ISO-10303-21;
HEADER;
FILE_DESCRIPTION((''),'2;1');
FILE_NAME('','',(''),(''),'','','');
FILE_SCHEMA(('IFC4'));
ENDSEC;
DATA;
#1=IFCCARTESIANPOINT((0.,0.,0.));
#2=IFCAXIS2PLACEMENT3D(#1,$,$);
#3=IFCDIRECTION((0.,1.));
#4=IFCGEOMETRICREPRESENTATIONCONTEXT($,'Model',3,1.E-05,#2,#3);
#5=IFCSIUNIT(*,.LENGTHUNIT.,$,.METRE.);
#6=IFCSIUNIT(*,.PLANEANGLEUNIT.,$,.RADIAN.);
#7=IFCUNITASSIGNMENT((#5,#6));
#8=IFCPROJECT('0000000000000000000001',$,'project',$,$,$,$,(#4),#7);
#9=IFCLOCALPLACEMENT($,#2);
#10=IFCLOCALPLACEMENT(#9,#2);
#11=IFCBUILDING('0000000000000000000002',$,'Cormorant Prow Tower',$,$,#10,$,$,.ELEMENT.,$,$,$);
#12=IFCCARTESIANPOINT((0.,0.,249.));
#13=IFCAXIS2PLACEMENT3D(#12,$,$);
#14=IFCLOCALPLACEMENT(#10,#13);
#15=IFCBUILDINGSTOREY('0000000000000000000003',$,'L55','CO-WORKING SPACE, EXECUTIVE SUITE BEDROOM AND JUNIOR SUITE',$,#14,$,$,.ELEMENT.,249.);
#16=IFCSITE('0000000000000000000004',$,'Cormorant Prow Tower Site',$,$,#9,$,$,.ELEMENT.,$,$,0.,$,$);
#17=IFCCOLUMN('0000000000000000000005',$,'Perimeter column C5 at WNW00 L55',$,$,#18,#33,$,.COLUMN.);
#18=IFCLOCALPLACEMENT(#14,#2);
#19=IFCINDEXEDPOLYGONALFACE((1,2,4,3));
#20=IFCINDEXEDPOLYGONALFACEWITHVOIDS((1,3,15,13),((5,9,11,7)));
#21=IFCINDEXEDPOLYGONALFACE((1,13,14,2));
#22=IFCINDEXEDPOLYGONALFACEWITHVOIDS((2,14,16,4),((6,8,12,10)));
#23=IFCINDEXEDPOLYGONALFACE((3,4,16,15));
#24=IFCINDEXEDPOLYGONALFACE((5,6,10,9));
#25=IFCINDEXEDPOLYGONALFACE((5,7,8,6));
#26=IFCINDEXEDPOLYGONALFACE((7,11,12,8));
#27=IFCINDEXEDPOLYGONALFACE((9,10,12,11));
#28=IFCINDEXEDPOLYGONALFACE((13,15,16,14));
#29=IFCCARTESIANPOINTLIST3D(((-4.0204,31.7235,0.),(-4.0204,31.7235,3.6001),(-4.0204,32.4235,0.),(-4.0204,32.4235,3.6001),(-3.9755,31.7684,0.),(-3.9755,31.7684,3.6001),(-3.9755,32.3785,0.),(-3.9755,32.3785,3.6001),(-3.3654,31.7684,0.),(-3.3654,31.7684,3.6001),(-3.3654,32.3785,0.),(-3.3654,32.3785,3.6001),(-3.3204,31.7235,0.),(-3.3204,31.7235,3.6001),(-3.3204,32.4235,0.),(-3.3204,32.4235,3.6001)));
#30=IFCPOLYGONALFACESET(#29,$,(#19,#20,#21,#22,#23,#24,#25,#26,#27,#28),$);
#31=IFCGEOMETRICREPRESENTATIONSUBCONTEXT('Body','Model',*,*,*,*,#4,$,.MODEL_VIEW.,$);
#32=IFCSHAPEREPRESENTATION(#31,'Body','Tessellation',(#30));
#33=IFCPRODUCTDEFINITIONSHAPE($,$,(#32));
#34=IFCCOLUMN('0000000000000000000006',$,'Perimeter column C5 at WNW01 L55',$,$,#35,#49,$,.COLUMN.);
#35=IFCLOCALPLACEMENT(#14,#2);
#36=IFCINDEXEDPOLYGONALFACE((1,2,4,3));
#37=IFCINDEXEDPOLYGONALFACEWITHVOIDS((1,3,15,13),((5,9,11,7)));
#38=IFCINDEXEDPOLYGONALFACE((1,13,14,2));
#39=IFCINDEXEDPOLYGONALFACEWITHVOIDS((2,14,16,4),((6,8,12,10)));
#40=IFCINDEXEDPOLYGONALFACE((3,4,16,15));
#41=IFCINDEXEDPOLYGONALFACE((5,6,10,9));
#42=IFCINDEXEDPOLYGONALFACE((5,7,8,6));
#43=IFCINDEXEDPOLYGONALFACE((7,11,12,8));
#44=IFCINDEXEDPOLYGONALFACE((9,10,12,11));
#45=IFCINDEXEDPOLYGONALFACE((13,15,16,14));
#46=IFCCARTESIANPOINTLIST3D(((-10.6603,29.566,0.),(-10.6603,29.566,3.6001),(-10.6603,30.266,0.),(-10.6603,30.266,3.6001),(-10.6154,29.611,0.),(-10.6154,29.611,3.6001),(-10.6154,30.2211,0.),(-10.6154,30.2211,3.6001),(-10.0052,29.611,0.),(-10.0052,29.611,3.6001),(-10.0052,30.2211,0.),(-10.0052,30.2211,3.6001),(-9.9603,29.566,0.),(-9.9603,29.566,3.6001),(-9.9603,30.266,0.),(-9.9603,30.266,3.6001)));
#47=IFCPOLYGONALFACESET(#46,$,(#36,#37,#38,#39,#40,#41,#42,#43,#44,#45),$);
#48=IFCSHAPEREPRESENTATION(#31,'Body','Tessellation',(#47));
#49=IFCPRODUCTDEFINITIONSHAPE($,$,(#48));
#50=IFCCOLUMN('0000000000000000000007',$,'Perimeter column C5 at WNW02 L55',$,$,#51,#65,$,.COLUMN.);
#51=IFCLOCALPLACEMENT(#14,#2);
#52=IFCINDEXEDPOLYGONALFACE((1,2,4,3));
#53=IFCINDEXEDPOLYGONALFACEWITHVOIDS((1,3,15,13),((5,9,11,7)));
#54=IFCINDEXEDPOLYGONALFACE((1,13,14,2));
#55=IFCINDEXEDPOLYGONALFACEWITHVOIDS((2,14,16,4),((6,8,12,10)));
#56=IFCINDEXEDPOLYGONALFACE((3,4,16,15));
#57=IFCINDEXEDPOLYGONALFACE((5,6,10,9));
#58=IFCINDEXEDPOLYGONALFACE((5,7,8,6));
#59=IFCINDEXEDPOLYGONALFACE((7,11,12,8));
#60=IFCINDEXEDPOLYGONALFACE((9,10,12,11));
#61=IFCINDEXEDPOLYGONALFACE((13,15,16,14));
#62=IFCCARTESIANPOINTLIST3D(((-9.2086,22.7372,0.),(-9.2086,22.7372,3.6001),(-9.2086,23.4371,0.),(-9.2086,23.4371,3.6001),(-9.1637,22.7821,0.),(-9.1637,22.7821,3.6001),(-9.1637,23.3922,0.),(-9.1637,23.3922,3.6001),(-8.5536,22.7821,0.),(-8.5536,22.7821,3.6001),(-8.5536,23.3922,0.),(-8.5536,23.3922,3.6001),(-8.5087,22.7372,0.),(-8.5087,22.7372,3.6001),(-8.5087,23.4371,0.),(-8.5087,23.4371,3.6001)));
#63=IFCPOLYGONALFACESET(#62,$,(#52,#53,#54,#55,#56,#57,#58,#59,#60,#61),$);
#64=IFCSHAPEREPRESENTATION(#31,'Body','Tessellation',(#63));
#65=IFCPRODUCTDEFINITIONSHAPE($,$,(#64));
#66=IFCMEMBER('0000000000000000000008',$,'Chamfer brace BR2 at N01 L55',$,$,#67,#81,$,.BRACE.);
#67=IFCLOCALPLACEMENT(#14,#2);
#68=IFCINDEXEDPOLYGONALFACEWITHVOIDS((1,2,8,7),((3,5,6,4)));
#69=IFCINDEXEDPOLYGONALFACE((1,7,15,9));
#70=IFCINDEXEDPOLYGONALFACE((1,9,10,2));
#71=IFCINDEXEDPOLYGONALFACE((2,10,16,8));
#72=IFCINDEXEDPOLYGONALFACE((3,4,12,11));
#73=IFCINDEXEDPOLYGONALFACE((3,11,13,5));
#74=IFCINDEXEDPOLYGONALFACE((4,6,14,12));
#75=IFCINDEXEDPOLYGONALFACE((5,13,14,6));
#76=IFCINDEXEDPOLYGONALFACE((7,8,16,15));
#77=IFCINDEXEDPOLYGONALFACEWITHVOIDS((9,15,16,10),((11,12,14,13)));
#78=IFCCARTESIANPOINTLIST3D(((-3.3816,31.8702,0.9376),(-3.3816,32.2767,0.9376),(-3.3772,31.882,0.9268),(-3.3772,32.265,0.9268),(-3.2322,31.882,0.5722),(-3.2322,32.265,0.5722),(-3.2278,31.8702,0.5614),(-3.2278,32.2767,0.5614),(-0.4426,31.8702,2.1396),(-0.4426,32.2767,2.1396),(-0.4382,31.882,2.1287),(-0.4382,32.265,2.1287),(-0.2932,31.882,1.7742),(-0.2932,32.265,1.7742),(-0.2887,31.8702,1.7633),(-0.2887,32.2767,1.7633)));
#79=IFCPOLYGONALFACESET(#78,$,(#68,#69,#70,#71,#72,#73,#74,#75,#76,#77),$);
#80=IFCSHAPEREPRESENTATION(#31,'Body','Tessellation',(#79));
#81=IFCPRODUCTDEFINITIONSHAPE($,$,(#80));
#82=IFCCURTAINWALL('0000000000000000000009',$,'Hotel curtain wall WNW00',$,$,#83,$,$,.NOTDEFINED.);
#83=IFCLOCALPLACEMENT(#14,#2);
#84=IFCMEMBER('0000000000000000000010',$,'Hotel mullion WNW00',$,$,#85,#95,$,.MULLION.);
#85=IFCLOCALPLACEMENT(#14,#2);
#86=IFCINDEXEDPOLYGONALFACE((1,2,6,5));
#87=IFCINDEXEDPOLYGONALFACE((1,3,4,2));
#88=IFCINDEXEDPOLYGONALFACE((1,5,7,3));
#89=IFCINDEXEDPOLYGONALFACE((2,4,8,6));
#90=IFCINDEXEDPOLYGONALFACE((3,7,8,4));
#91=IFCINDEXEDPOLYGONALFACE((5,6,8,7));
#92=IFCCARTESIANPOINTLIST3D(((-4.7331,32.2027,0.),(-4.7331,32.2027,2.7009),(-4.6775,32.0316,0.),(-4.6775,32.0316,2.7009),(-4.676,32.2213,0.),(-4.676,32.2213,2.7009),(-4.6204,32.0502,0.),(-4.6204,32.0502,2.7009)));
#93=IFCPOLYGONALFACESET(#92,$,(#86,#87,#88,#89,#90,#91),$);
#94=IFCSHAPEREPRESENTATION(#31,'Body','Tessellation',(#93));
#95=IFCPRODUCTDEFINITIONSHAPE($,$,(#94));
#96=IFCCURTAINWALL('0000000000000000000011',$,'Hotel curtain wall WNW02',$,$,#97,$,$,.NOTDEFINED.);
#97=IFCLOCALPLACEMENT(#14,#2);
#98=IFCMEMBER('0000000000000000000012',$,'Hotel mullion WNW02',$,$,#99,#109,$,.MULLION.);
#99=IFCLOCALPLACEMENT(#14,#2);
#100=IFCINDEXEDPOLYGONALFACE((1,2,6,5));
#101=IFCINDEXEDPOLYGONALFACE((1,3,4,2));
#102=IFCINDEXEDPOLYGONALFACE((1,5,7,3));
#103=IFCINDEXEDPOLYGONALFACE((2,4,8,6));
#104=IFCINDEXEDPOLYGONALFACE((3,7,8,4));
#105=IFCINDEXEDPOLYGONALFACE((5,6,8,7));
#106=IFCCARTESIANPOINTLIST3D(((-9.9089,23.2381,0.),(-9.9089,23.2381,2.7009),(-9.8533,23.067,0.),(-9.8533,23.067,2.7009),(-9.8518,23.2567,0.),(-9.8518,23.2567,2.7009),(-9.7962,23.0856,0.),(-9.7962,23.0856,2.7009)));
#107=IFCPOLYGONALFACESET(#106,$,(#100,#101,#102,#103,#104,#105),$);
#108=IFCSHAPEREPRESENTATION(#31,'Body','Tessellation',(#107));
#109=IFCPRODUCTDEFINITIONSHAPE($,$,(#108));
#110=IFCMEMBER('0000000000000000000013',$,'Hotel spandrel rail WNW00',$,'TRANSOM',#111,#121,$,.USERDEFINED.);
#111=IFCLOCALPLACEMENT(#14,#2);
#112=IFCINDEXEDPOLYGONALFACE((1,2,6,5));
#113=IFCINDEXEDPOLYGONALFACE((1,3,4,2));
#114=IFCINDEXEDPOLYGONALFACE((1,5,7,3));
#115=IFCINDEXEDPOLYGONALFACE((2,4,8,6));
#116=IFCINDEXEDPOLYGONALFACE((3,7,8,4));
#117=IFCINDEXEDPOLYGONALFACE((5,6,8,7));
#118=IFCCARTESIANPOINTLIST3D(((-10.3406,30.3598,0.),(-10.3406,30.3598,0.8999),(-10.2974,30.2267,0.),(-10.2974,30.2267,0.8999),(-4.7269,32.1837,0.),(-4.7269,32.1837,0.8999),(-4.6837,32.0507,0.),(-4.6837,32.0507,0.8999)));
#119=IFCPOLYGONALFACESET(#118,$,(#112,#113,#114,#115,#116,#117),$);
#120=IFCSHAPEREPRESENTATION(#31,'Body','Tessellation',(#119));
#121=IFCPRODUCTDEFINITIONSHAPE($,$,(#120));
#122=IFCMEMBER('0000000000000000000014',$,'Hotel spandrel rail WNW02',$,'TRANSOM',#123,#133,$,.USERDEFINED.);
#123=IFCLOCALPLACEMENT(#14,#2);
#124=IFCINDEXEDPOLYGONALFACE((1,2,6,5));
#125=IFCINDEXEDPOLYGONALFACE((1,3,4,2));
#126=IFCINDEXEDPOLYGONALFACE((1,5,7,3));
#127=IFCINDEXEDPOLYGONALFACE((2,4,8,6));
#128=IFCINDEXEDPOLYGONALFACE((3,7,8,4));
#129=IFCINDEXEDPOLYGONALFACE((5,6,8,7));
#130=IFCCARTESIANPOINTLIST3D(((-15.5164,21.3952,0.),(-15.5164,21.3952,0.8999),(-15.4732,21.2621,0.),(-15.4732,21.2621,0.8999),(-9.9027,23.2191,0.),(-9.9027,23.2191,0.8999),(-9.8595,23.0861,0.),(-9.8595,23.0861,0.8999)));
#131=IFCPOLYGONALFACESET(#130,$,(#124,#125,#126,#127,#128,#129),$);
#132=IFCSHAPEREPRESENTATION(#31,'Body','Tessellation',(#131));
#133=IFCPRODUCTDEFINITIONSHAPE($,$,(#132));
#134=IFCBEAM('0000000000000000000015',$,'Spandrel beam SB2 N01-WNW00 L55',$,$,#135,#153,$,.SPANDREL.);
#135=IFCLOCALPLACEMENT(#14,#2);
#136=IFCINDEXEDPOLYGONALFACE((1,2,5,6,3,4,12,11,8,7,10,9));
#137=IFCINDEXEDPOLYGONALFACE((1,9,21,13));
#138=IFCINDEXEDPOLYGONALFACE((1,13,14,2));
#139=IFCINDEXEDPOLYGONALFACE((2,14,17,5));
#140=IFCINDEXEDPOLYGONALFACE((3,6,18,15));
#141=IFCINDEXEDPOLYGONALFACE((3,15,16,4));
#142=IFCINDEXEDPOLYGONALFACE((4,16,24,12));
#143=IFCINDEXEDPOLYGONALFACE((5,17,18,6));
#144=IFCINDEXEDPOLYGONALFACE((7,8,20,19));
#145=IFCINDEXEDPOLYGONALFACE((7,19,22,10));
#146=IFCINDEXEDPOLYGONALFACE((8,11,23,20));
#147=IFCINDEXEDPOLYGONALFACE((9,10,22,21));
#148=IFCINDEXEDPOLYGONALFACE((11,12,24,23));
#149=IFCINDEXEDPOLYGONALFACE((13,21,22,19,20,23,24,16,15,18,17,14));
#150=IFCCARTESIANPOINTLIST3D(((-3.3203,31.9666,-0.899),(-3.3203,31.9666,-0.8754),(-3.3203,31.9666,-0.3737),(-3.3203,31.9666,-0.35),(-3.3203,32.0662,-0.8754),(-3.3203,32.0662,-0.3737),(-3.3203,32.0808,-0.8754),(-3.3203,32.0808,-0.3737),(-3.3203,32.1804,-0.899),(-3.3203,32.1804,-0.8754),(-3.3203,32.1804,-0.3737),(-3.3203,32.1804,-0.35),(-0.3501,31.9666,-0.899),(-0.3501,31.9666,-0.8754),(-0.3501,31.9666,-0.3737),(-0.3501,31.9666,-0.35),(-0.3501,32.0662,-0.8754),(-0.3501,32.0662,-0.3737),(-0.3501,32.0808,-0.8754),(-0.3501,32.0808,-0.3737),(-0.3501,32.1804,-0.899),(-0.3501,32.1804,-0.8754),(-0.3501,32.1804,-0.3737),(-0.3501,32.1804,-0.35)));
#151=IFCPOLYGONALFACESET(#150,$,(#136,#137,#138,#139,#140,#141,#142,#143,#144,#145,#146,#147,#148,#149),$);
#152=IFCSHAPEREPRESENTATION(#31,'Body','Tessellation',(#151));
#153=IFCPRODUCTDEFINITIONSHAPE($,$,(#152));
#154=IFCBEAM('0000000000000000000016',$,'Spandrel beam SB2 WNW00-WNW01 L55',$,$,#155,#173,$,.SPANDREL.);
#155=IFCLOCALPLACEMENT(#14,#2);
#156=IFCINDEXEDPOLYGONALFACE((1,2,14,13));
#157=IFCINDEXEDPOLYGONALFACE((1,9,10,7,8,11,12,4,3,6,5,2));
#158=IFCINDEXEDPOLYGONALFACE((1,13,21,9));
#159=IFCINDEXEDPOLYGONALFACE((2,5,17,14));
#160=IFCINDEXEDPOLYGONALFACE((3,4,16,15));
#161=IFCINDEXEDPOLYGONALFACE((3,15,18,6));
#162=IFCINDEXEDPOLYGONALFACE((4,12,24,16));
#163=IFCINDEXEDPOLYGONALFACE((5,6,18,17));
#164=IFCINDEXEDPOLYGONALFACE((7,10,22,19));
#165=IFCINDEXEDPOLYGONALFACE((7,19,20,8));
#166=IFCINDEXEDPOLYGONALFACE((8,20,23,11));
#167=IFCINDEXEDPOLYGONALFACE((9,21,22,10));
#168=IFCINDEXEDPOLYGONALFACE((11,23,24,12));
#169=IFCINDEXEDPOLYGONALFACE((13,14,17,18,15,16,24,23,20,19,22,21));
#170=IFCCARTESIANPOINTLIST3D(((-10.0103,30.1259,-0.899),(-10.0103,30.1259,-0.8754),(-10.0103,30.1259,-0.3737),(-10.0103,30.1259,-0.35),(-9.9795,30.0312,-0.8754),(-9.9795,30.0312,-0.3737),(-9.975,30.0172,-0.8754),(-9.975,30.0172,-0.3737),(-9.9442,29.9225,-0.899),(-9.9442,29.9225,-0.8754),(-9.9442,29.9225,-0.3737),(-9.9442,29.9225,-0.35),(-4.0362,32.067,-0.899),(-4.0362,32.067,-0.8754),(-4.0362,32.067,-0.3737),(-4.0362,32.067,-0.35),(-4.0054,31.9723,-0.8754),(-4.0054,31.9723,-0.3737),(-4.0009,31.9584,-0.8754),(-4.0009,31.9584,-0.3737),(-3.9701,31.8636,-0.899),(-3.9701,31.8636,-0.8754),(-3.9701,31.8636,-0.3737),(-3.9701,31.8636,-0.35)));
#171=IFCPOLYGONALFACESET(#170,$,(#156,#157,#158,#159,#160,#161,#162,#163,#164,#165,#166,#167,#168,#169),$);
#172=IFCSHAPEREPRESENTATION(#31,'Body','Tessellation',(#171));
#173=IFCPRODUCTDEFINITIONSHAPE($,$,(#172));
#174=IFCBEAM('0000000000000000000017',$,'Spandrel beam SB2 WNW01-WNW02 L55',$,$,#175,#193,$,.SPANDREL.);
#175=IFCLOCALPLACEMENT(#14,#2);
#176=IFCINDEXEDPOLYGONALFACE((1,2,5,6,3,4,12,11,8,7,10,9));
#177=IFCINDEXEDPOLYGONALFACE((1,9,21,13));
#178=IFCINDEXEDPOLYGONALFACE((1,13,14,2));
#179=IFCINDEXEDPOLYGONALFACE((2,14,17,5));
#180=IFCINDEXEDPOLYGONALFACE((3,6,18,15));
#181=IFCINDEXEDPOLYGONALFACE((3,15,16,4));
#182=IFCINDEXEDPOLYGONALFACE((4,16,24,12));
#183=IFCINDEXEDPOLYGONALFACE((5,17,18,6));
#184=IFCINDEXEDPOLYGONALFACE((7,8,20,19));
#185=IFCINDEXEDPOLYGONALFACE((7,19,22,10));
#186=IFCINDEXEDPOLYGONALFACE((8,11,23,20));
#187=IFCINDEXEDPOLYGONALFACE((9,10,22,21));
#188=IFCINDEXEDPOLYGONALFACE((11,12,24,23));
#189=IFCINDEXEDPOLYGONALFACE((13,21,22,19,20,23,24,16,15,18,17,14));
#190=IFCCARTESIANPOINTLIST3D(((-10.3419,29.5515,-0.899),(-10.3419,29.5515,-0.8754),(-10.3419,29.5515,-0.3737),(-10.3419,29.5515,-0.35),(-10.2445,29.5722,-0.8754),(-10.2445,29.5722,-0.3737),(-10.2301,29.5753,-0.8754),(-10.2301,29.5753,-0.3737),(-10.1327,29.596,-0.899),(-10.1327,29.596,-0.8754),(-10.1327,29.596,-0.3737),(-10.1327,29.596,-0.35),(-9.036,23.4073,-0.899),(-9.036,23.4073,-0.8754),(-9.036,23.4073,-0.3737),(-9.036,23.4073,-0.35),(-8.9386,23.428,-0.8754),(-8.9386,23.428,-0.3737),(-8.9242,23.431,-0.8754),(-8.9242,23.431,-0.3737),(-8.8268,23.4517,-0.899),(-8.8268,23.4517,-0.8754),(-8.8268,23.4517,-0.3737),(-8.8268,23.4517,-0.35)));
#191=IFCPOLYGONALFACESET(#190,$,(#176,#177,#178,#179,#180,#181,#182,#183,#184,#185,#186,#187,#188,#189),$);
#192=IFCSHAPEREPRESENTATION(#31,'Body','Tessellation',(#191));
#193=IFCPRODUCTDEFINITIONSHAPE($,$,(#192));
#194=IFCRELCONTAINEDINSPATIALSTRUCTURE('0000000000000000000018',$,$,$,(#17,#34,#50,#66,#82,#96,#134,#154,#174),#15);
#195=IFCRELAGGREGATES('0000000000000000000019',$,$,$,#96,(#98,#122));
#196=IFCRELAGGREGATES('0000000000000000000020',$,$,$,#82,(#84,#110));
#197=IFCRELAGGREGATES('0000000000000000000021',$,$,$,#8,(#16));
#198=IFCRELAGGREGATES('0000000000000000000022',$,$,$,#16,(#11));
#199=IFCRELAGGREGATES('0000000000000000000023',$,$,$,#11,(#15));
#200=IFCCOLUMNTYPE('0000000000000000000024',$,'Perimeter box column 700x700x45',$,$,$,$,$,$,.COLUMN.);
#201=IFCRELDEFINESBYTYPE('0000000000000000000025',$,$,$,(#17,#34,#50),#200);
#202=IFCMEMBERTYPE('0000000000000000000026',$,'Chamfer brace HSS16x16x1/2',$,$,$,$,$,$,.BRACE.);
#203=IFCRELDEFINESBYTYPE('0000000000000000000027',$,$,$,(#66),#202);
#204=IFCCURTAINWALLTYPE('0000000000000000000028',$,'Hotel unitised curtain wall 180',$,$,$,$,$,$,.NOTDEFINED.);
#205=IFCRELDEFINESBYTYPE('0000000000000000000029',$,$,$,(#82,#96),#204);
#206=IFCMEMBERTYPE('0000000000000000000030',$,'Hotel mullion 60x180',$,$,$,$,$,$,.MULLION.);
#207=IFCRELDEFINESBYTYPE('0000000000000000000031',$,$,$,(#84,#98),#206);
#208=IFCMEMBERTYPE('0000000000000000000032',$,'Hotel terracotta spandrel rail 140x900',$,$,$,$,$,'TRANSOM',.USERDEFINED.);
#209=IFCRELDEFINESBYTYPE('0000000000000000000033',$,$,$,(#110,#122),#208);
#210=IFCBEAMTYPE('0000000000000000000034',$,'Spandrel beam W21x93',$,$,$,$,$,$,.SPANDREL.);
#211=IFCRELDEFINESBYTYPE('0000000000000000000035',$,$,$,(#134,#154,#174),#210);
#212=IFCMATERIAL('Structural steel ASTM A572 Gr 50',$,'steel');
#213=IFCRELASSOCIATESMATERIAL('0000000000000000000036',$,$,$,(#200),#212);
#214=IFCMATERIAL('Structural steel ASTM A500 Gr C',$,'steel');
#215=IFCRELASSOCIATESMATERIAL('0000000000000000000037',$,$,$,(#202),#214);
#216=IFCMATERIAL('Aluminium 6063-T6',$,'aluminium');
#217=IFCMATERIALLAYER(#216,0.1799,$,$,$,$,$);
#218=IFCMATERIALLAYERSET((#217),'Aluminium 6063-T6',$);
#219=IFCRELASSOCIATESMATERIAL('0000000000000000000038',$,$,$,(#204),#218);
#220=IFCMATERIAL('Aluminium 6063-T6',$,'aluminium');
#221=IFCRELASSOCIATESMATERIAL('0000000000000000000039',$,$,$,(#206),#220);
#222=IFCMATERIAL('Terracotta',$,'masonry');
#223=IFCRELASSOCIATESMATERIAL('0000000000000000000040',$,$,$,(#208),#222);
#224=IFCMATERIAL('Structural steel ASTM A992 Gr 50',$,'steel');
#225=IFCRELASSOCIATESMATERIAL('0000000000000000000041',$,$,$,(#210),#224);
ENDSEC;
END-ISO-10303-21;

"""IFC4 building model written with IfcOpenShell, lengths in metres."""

from ifc_helpers import new_model, si_unit, direction, frame, origin, origin_2d, place, context, subcontext, project, spatial, rectangle, hollow_rectangle, i_section, extrude, material, layer, layer_set, material_profile, profile_set, type_object, element, aggregate, save


model = new_model("IFC4")

# Units and contexts
model_context = context("Model", 3, precision=1e-05, world=origin(), true_north=direction((0.0, 1.0)))
body_context = subcontext(model_context, "Body", "Model", "MODEL_VIEW")
ifc_project = project(units=[si_unit("LENGTHUNIT", "METRE"), si_unit("PLANEANGLEUNIT", "RADIAN")], contexts=[model_context])

# Site, building, storey
site_placement = place(None, origin())
site = spatial("IfcSite", under=ifc_project, at=site_placement, Name="Cormorant Prow Tower Site", CompositionType="ELEMENT", RefElevation=0.0)
building_placement = place(site_placement, origin())
building = spatial("IfcBuilding", under=site, at=building_placement, Name="Cormorant Prow Tower", CompositionType="ELEMENT")
storey_placement = place(building_placement, frame((0.0, 0.0, 249.0)))
storey = spatial("IfcBuildingStorey", under=building, at=storey_placement, Name="L55", Description="CO-WORKING SPACE, EXECUTIVE SUITE BEDROOM AND JUNIOR SUITE", CompositionType="ELEMENT", Elevation=249.0)

# Columns
ifc_material_1 = material(Name="Structural steel ASTM A572 Gr 50", Category="steel")
ifc_material_profile_1 = material_profile(ifc_material_1, hollow_rectangle(XDim=0.7, YDim=0.7, WallThickness=0.0449, at=origin_2d()), Name="Box 700x700x45")
ifc_profile_set_1 = profile_set([ifc_material_profile_1], Name="Structural steel ASTM A572 Gr 50")
column_type = type_object("IfcColumnType", Name="Perimeter box column 700x700x45", PredefinedType="COLUMN", material=ifc_profile_set_1)
for number, where, z_axis, x_axis, name in (
    (1, (-3.6704, 32.0735, 0.0), (0.0, 0.0, 1.0), (1.0, 0.0, 0.0), "Perimeter column C5 at WNW00 L55"),
    (2, (-10.3103, 29.916, 0.0), (0.0, 0.0, 1.0), (1.0, 0.0, 0.0), "Perimeter column C5 at WNW01 L55"),
    (3, (-8.8586, 23.0872, 0.0), (0.0, 0.0, 1.0), (1.0, 0.0, 0.0), "Perimeter column C5 at WNW02 L55"),
):
    element("IfcColumn", number, at=place(storey_placement, frame(where, z_axis=z_axis, x_axis=x_axis)), inside=storey, type_object=column_type, Name=name, PredefinedType="COLUMN", context=body_context, shape_type="SweptSolid", body=[
        extrude(hollow_rectangle(XDim=0.7, YDim=0.7, WallThickness=0.0449, at=origin_2d()), origin(), (0.0, 0.0, 1.0), 3.6001),
    ])

# Member
ifc_material_2 = material(Name="Structural steel ASTM A500 Gr C", Category="steel")
ifc_material_profile_2 = material_profile(ifc_material_2, hollow_rectangle(XDim=0.4065, YDim=0.4065, WallThickness=0.0117, at=origin_2d()), Name="HSS16x16x1/2")
ifc_profile_set_2 = profile_set([ifc_material_profile_2], Name="Structural steel ASTM A500 Gr C")
member_type_1 = type_object("IfcMemberType", Name="Chamfer brace HSS16x16x1/2", PredefinedType="BRACE", material=ifc_profile_set_2)
member_1_placement = place(storey_placement, frame((-3.3047, 32.0735, 0.7495), z_axis=(0.925591, 0.0, 0.378525), x_axis=(0.0, 1.0, 0.0)))
element("IfcMember", 4, at=member_1_placement, inside=storey, type_object=member_type_1, Name="Chamfer brace BR2 at N01 L55", PredefinedType="BRACE", context=body_context, shape_type="SweptSolid", body=[
    extrude(hollow_rectangle(XDim=0.4065, YDim=0.4065, WallThickness=0.0117, at=origin_2d()), origin(), (0.0, 0.0, 1.0), 3.1753),
])

# Curtain walls, members
ifc_material_3 = material(Name="Aluminium 6063-T6", Category="aluminium")
ifc_layer_1 = layer(ifc_material_3, 0.1799)
ifc_layer_set_1 = layer_set([ifc_layer_1], Name="Aluminium 6063-T6")
curtain_wall_type = type_object("IfcCurtainWallType", Name="Hotel unitised curtain wall 180", PredefinedType="NOTDEFINED", material=ifc_layer_set_1)
curtain_wall_1_placement = place(storey_placement, origin())
curtain_wall_1 = element("IfcCurtainWall", 5, at=curtain_wall_1_placement, inside=storey, type_object=curtain_wall_type, Name="Hotel curtain wall WNW00", PredefinedType="NOTDEFINED")
ifc_material_4 = material(Name="Aluminium 6063-T6", Category="aluminium")
ifc_material_profile_3 = material_profile(ifc_material_4, rectangle(XDim=0.1799, YDim=0.0601, at=origin_2d()), Name="Hotel mullion 60x180")
ifc_profile_set_3 = profile_set([ifc_material_profile_3], Name="Aluminium 6063-T6")
member_type_2 = type_object("IfcMemberType", Name="Hotel mullion 60x180", PredefinedType="MULLION", material=ifc_profile_set_3)
member_2_placement = place(storey_placement, frame((-4.6768, 32.1265, 0.0), z_axis=(0.0, 0.0, 1.0), x_axis=(0.309017, -0.951057, 0.0)))
member_2 = element("IfcMember", 6, at=member_2_placement, type_object=member_type_2, Name="Hotel mullion WNW00", PredefinedType="MULLION", context=body_context, shape_type="SweptSolid", body=[
    extrude(rectangle(XDim=0.1799, YDim=0.0601, at=origin_2d()), origin(), (0.0, 0.0, 1.0), 2.7009),
])
curtain_wall_2_placement = place(storey_placement, origin())
curtain_wall_2 = element("IfcCurtainWall", 7, at=curtain_wall_2_placement, inside=storey, type_object=curtain_wall_type, Name="Hotel curtain wall WNW02", PredefinedType="NOTDEFINED")
member_3_placement = place(storey_placement, frame((-9.8525, 23.1619, 0.0), z_axis=(0.0, 0.0, 1.0), x_axis=(0.309017, -0.951057, 0.0)))
member_3 = element("IfcMember", 8, at=member_3_placement, type_object=member_type_2, Name="Hotel mullion WNW02", PredefinedType="MULLION", context=body_context, shape_type="SweptSolid", body=[
    extrude(rectangle(XDim=0.1799, YDim=0.0601, at=origin_2d()), origin(), (0.0, 0.0, 1.0), 2.7009),
])

# Members
ifc_material_5 = material(Name="Terracotta", Category="masonry")
ifc_material_profile_4 = material_profile(ifc_material_5, rectangle(XDim=0.1399, YDim=0.8999, at=origin_2d()), Name="Hotel terracotta spandrel rail 140x900")
ifc_profile_set_4 = profile_set([ifc_material_profile_4], Name="Terracotta")
member_type_3 = type_object("IfcMemberType", Name="Hotel terracotta spandrel rail 140x900", ElementType="TRANSOM", PredefinedType="USERDEFINED", material=ifc_profile_set_4)
member_4_placement = place(storey_placement, frame((-4.7053, 32.1172, 0.45), z_axis=(-0.951059, -0.309009, 0.0), x_axis=(0.309009, -0.951059, 0.0)))
member_4 = element("IfcMember", 9, at=member_4_placement, type_object=member_type_3, Name="Hotel spandrel rail WNW00", ObjectType="TRANSOM", PredefinedType="USERDEFINED", context=body_context, shape_type="SweptSolid", body=[
    extrude(rectangle(XDim=0.1399, YDim=0.8999, at=origin_2d()), origin(), (0.0, 0.0, 1.0), 5.9026),
])
member_5_placement = place(storey_placement, frame((-9.8811, 23.1526, 0.45), z_axis=(-0.951059, -0.309009, 0.0), x_axis=(0.309009, -0.951059, 0.0)))
member_5 = element("IfcMember", 10, at=member_5_placement, type_object=member_type_3, Name="Hotel spandrel rail WNW02", ObjectType="TRANSOM", PredefinedType="USERDEFINED", context=body_context, shape_type="SweptSolid", body=[
    extrude(rectangle(XDim=0.1399, YDim=0.8999, at=origin_2d()), origin(), (0.0, 0.0, 1.0), 5.9026),
])
aggregate(curtain_wall_2, [member_3, member_5])

# Beams
ifc_material_6 = material(Name="Structural steel ASTM A992 Gr 50", Category="steel")
ifc_material_profile_5 = material_profile(ifc_material_6, i_section(OverallWidth=0.2139, OverallDepth=0.5491, WebThickness=0.0146, FlangeThickness=0.0237, at=origin_2d()), Name="W21x93")
ifc_profile_set_5 = profile_set([ifc_material_profile_5], Name="Structural steel ASTM A992 Gr 50")
beam_type = type_object("IfcBeamType", Name="Spandrel beam W21x93", PredefinedType="SPANDREL", material=ifc_profile_set_5)
beam_1_placement = place(storey_placement, frame((-0.3501, 32.0735, -0.6245), z_axis=(-1.0, 0.0, 0.0), x_axis=(0.0, -1.0, 0.0)))
element("IfcBeam", 11, at=beam_1_placement, inside=storey, type_object=beam_type, Name="Spandrel beam SB2 N01-WNW00 L55", PredefinedType="SPANDREL", context=body_context, shape_type="SweptSolid", body=[
    extrude(i_section(OverallWidth=0.2139, OverallDepth=0.5491, WebThickness=0.0146, FlangeThickness=0.0237, at=origin_2d()), origin(), (0.0, 0.0, 1.0), 2.9702),
])
for number, where, z_axis, x_axis, name in (
    (12, (-4.0032, 31.9653, -0.6245), (-0.951054, -0.309025, 0.0), (0.309025, -0.951054, 0.0), "Spandrel beam SB2 WNW00-WNW01 L55"),
    (13, (-10.2373, 29.5737, -0.6245), (0.207896, -0.978151, 0.0), (0.978151, 0.207896, 0.0), "Spandrel beam SB2 WNW01-WNW02 L55"),
):
    element("IfcBeam", number, at=place(storey_placement, frame(where, z_axis=z_axis, x_axis=x_axis)), inside=storey, type_object=beam_type, Name=name, PredefinedType="SPANDREL", context=body_context, shape_type="SweptSolid", body=[
        extrude(i_section(OverallWidth=0.2139, OverallDepth=0.5491, WebThickness=0.0146, FlangeThickness=0.0237, at=origin_2d()), origin(), (0.0, 0.0, 1.0), 6.2815),
    ])

aggregate(curtain_wall_1, [member_2, member_4])

save(model, "model.ifc")
